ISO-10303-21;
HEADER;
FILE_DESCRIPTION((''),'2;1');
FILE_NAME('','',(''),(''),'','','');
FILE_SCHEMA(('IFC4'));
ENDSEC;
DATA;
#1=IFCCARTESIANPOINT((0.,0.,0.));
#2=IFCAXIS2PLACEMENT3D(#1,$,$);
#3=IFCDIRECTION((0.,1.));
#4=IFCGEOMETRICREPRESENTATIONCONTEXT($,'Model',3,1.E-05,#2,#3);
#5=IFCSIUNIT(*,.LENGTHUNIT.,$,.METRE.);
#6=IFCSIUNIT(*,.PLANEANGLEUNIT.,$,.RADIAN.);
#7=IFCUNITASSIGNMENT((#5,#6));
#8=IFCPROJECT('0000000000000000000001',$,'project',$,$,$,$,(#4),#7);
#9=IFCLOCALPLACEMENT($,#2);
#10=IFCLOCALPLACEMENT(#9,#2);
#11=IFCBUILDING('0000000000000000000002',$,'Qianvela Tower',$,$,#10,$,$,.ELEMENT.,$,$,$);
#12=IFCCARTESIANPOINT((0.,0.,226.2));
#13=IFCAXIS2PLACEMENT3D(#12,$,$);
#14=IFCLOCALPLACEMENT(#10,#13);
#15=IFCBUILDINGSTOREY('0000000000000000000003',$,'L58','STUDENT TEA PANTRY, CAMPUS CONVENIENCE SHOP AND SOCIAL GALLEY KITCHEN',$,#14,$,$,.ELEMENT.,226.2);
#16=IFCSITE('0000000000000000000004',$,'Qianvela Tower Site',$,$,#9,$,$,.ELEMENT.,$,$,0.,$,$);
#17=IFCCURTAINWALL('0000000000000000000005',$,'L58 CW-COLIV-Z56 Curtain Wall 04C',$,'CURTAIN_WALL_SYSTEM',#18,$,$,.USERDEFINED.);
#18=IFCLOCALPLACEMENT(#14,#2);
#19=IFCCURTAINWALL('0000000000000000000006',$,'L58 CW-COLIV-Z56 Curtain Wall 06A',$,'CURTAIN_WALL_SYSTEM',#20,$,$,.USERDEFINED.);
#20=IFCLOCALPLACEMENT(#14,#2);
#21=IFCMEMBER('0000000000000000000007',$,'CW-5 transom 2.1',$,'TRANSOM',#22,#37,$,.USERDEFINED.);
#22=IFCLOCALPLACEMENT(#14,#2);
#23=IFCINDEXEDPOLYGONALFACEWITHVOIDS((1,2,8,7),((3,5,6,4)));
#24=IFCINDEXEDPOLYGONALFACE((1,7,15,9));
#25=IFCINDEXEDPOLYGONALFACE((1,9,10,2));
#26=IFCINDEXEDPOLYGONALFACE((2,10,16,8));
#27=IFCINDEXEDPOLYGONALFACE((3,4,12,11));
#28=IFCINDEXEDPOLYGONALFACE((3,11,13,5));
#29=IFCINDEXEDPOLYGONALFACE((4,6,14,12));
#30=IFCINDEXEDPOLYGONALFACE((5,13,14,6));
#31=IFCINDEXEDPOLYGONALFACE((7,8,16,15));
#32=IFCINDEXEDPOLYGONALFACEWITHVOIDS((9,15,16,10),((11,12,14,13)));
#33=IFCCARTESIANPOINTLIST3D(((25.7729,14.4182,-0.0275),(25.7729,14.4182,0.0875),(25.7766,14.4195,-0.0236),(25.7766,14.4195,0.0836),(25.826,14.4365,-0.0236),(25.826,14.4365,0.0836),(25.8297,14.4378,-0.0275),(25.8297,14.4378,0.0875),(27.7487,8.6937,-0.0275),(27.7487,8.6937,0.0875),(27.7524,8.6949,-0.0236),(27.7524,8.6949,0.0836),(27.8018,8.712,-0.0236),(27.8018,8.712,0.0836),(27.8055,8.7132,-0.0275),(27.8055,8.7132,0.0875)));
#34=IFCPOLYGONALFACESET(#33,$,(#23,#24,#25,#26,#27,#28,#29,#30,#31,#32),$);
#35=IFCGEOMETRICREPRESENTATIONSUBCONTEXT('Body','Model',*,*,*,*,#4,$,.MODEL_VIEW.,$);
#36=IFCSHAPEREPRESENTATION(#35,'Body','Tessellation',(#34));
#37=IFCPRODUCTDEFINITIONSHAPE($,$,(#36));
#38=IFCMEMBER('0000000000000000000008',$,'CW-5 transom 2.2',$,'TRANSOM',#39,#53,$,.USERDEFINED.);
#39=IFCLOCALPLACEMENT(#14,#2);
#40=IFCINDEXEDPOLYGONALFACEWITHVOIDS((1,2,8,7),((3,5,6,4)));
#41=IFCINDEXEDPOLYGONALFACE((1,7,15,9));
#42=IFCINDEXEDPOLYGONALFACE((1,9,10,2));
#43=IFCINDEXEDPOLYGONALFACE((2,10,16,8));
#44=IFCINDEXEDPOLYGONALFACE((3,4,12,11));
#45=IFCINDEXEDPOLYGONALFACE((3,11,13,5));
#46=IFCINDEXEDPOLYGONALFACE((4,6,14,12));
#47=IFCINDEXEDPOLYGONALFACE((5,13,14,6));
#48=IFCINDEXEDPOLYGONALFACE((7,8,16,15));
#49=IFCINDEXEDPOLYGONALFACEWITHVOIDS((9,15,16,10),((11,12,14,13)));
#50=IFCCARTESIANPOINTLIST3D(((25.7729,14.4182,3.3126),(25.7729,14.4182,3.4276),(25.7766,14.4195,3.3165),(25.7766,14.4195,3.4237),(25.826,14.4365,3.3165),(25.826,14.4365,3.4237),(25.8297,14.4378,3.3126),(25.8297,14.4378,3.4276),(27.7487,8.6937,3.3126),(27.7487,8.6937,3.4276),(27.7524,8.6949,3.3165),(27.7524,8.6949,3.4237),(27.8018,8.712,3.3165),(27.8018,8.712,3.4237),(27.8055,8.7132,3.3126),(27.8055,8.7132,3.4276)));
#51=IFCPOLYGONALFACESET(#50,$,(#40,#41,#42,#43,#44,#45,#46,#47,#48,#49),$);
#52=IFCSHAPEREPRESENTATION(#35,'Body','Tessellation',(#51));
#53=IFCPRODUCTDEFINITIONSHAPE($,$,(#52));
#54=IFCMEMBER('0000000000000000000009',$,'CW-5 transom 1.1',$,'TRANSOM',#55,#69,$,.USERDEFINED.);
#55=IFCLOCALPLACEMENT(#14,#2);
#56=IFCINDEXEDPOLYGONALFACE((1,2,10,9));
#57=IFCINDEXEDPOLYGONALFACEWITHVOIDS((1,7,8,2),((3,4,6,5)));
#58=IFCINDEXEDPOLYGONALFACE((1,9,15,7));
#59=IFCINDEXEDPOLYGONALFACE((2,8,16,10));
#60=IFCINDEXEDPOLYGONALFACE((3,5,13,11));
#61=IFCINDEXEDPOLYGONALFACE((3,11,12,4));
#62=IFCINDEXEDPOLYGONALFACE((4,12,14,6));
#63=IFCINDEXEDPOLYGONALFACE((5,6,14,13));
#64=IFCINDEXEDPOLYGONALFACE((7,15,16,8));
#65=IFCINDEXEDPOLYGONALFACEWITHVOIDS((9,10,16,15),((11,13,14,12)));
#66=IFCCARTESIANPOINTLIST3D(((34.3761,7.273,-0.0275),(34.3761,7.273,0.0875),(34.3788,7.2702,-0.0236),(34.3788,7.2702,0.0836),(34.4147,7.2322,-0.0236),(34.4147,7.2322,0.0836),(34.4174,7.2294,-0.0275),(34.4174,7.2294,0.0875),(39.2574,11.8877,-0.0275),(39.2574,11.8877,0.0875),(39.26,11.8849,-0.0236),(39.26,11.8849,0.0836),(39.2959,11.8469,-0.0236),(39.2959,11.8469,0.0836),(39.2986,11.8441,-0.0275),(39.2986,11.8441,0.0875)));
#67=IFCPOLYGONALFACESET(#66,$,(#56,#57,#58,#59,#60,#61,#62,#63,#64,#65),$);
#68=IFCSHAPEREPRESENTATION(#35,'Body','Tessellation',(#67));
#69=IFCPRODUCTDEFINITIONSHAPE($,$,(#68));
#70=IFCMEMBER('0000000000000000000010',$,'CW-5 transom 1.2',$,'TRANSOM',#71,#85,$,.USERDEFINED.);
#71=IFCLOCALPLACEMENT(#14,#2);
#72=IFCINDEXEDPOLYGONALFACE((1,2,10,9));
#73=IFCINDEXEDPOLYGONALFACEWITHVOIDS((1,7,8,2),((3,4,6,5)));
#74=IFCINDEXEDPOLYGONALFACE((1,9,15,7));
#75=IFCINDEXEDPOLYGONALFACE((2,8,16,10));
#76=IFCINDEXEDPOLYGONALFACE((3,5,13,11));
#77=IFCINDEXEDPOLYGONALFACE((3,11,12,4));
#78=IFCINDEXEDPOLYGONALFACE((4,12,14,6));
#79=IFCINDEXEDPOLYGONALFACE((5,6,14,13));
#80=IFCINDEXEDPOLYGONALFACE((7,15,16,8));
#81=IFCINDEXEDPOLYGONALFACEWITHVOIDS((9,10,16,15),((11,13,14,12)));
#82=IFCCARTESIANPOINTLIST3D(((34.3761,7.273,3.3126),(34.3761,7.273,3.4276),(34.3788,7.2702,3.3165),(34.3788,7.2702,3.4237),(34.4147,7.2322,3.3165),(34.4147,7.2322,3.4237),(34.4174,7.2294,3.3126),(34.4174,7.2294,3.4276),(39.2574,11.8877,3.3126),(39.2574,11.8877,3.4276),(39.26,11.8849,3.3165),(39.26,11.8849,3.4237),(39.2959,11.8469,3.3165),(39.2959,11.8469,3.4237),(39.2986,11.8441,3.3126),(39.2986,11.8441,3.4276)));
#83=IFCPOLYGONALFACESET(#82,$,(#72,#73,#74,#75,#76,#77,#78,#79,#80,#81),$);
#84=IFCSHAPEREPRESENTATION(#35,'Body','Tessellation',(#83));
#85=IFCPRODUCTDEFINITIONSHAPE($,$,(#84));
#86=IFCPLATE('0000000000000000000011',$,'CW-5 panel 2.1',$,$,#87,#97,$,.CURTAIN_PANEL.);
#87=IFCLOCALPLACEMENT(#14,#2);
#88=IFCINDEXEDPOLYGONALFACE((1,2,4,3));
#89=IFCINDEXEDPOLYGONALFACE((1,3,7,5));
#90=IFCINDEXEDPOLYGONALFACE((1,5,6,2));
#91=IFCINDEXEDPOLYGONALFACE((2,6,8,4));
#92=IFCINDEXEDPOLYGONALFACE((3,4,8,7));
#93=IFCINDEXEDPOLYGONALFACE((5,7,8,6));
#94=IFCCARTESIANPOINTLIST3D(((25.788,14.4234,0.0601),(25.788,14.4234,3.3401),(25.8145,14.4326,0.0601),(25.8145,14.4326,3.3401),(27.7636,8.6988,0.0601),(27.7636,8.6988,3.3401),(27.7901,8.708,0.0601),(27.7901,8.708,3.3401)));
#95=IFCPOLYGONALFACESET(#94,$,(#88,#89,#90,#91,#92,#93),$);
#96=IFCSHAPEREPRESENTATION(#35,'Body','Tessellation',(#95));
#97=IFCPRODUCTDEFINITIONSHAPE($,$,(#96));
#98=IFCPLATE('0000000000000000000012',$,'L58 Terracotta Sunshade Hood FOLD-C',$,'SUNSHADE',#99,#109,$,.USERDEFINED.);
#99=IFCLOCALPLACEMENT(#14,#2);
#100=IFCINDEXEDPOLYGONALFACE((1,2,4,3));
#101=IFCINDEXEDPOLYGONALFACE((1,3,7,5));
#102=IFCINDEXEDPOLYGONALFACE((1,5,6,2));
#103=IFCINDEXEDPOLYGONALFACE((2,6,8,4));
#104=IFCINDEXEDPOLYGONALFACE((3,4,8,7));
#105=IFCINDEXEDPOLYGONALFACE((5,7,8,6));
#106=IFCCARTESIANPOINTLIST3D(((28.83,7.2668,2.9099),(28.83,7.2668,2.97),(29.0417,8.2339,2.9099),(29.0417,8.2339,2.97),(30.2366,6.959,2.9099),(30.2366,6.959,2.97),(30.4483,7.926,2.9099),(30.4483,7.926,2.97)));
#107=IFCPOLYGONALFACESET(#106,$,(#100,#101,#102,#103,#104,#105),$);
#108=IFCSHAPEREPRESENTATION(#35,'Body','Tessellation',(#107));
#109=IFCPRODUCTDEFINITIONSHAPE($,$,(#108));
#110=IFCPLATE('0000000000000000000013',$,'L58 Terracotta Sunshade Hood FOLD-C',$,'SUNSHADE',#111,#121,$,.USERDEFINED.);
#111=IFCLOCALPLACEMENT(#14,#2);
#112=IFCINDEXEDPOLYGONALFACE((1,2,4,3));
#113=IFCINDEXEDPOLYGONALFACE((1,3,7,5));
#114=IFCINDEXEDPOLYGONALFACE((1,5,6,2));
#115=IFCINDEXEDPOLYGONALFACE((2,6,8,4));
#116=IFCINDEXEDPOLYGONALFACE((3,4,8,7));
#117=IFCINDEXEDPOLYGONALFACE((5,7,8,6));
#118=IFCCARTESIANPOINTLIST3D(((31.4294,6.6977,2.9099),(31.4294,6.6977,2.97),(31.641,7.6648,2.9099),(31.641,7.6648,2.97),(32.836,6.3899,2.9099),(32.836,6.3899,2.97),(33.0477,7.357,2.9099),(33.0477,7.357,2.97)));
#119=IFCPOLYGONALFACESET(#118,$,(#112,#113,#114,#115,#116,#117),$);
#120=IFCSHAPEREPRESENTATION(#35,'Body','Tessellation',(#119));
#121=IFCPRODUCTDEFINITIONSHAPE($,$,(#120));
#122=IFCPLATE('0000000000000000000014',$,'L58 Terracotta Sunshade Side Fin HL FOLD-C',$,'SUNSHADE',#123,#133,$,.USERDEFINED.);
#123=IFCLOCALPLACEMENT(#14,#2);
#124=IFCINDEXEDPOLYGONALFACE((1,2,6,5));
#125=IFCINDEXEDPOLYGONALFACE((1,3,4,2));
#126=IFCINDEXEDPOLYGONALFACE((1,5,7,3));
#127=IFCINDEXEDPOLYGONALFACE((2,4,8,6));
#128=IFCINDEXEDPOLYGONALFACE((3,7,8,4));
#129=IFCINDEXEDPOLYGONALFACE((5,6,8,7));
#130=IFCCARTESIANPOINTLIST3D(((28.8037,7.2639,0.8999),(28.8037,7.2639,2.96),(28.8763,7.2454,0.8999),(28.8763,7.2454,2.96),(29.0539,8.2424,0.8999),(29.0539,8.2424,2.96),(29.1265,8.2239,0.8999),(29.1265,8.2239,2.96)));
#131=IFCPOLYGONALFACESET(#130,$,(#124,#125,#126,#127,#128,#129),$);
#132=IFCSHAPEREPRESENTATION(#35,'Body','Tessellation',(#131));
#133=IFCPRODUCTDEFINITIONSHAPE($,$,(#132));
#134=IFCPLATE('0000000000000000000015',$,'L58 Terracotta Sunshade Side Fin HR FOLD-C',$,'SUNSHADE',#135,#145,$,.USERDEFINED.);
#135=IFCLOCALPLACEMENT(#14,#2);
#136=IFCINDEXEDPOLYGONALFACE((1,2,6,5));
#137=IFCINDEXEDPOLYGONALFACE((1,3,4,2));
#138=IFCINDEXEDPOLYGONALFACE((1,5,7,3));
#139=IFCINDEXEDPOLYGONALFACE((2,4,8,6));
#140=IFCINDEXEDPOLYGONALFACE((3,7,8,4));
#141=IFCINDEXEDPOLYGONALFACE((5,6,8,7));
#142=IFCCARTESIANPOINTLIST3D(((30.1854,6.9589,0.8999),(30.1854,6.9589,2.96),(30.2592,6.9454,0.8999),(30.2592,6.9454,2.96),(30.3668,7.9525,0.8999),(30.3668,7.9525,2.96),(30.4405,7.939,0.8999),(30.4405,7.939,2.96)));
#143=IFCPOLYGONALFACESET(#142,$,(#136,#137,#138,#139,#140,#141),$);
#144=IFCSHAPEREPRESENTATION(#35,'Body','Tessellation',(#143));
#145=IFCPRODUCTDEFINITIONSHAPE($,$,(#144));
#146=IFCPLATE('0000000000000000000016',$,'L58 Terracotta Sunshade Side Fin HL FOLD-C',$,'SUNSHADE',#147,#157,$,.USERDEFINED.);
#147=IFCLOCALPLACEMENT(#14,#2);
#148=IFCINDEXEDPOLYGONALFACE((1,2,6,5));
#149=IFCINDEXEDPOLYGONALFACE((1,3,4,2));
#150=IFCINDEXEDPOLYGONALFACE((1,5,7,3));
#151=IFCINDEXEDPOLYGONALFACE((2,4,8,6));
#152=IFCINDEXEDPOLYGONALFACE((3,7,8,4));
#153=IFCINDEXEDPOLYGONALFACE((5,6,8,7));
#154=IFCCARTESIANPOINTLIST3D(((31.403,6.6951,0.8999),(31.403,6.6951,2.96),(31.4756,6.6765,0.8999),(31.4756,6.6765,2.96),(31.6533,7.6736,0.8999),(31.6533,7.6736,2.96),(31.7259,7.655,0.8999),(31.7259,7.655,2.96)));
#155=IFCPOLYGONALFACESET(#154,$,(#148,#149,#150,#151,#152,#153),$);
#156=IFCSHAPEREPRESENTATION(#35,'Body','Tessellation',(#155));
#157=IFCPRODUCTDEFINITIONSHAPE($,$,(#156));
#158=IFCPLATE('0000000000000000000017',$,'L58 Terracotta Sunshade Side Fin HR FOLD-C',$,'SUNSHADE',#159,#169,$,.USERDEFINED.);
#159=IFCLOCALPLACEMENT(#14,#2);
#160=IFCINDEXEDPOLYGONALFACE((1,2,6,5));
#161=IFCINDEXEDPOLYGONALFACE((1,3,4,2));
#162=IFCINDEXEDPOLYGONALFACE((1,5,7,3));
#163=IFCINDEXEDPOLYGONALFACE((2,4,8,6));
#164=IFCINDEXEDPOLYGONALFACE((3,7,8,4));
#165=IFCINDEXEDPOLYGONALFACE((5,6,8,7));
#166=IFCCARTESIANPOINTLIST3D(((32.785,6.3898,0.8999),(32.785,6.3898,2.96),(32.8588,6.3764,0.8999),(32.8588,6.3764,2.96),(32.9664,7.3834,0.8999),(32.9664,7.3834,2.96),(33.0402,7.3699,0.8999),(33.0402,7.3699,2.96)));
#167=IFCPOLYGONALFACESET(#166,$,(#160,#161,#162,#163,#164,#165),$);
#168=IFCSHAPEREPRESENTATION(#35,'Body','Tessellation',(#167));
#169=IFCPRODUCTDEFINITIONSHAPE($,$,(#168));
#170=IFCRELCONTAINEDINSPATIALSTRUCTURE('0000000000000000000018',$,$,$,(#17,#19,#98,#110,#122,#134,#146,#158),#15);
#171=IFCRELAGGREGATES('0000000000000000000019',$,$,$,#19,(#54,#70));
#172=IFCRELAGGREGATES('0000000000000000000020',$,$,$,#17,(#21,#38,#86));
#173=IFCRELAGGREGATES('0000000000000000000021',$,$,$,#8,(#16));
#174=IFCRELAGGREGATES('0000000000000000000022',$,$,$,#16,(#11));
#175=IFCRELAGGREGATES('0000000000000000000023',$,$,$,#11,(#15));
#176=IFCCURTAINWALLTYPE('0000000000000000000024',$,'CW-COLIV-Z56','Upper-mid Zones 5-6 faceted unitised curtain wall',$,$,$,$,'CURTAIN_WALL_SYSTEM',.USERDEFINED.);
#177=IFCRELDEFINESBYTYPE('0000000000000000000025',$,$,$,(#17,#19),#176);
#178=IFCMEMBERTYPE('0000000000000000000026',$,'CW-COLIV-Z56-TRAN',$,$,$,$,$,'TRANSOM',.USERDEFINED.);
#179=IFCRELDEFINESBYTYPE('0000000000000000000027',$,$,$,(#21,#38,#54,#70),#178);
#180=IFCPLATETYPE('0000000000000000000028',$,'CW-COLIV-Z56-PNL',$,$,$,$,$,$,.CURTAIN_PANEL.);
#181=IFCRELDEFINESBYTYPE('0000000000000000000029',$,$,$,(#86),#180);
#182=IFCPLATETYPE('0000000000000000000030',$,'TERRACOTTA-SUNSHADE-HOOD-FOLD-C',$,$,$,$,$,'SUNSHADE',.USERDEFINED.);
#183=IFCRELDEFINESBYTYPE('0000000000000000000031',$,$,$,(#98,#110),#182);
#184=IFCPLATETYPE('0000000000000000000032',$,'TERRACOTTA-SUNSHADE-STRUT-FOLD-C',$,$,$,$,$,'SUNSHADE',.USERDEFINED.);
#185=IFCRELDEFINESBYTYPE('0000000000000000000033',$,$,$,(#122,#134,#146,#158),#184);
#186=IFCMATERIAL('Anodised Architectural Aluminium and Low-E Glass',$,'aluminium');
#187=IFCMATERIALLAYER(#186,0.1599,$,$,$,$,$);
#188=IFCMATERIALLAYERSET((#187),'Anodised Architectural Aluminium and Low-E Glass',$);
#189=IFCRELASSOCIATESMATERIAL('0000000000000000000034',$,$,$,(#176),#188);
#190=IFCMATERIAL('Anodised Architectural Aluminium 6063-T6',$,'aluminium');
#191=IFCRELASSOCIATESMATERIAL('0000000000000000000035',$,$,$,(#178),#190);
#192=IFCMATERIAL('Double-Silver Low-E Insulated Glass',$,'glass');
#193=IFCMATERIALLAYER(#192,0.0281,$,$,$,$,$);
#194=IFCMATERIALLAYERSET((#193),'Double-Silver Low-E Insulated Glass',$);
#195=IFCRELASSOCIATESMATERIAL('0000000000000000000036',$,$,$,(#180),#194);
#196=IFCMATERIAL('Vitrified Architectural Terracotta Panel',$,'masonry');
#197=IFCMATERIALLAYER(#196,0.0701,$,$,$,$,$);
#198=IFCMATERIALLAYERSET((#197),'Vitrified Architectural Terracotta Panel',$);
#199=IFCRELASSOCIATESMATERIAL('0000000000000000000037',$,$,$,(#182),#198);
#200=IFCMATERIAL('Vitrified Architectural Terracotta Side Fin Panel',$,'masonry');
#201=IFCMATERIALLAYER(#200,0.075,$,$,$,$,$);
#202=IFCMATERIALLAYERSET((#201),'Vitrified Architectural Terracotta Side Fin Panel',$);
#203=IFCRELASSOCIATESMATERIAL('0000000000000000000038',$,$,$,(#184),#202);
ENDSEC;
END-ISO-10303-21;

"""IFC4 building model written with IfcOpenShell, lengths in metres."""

from ifc_helpers import new_model, si_unit, direction, frame, origin, origin_2d, place, context, subcontext, project, spatial, rectangle, hollow_rectangle, extrude, material, layer, layer_set, material_profile, profile_set, type_object, element, aggregate, save


model = new_model("IFC4")

# Units and contexts
model_context = context("Model", 3, precision=1e-05, world=origin(), true_north=direction((0.0, 1.0)))
body_context = subcontext(model_context, "Body", "Model", "MODEL_VIEW")
ifc_project = project(units=[si_unit("LENGTHUNIT", "METRE"), si_unit("PLANEANGLEUNIT", "RADIAN")], contexts=[model_context])

# Site, building, storey
site_placement = place(None, origin())
site = spatial("IfcSite", under=ifc_project, at=site_placement, Name="Qianvela Tower Site", CompositionType="ELEMENT", RefElevation=0.0)
building_placement = place(site_placement, origin())
building = spatial("IfcBuilding", under=site, at=building_placement, Name="Qianvela Tower", CompositionType="ELEMENT")
storey_placement = place(building_placement, frame((0.0, 0.0, 226.2)))
storey = spatial("IfcBuildingStorey", under=building, at=storey_placement, Name="L58", Description="STUDENT TEA PANTRY, CAMPUS CONVENIENCE SHOP AND SOCIAL GALLEY KITCHEN", CompositionType="ELEMENT", Elevation=226.2)

# Curtain walls
ifc_material_1 = material(Name="Anodised Architectural Aluminium and Low-E Glass", Category="aluminium")
ifc_layer_1 = layer(ifc_material_1, 0.1599)
ifc_layer_set_1 = layer_set([ifc_layer_1], Name="Anodised Architectural Aluminium and Low-E Glass")
curtain_wall_type = type_object("IfcCurtainWallType", Name="CW-COLIV-Z56", Description="Upper-mid Zones 5-6 faceted unitised curtain wall", ElementType="CURTAIN_WALL_SYSTEM", PredefinedType="USERDEFINED", material=ifc_layer_set_1)
curtain_wall_1_placement = place(storey_placement, origin())
curtain_wall_1 = element("IfcCurtainWall", 1, at=curtain_wall_1_placement, inside=storey, type_object=curtain_wall_type, Name="L58 CW-COLIV-Z56 Curtain Wall 04C", ObjectType="CURTAIN_WALL_SYSTEM", PredefinedType="USERDEFINED")
curtain_wall_2_placement = place(storey_placement, origin())
curtain_wall_2 = element("IfcCurtainWall", 2, at=curtain_wall_2_placement, inside=storey, type_object=curtain_wall_type, Name="L58 CW-COLIV-Z56 Curtain Wall 06A", ObjectType="CURTAIN_WALL_SYSTEM", PredefinedType="USERDEFINED")

# Members
ifc_material_2 = material(Name="Anodised Architectural Aluminium 6063-T6", Category="aluminium")
ifc_material_profile_1 = material_profile(ifc_material_2, hollow_rectangle(XDim=0.0601, YDim=0.115, WallThickness=0.0039, at=origin_2d()), Name="ALU-TRAN-60x115")
ifc_profile_set_1 = profile_set([ifc_material_profile_1], Name="Anodised Architectural Aluminium 6063-T6")
member_type_1 = type_object("IfcMemberType", Name="CW-COLIV-Z56-TRAN", ElementType="TRANSOM", PredefinedType="USERDEFINED", material=ifc_profile_set_1)
member_1_placement = place(storey_placement, frame((25.8013, 14.428, 0.03), z_axis=(0.32626, -0.94528, 0.0), x_axis=(0.94528, 0.32626, 0.0)))
member_1 = element("IfcMember", 3, at=member_1_placement, type_object=member_type_1, Name="CW-5 transom 2.1", ObjectType="TRANSOM", PredefinedType="USERDEFINED", context=body_context, shape_type="SweptSolid", body=[
    extrude(hollow_rectangle(XDim=0.0601, YDim=0.115, WallThickness=0.0039, at=origin_2d()), origin(), (0.0, 0.0, 1.0), 6.0559),
])
member_2_placement = place(storey_placement, frame((25.8013, 14.428, 3.3701), z_axis=(0.32626, -0.94528, 0.0), x_axis=(0.94528, 0.32626, 0.0)))
member_2 = element("IfcMember", 4, at=member_2_placement, type_object=member_type_1, Name="CW-5 transom 2.2", ObjectType="TRANSOM", PredefinedType="USERDEFINED", context=body_context, shape_type="SweptSolid", body=[
    extrude(hollow_rectangle(XDim=0.0601, YDim=0.115, WallThickness=0.0039, at=origin_2d()), origin(), (0.0, 0.0, 1.0), 6.0559),
])
member_3_placement = place(storey_placement, frame((34.3967, 7.2512, 0.03), z_axis=(0.726672, 0.686984, 0.0), x_axis=(-0.686984, 0.726672, 0.0)))
member_3 = element("IfcMember", 5, at=member_3_placement, type_object=member_type_1, Name="CW-5 transom 1.1", ObjectType="TRANSOM", PredefinedType="USERDEFINED", context=body_context, shape_type="SweptSolid", body=[
    extrude(hollow_rectangle(XDim=0.0601, YDim=0.115, WallThickness=0.0039, at=origin_2d()), origin(), (0.0, 0.0, 1.0), 6.7173),
])
member_4_placement = place(storey_placement, frame((34.3967, 7.2512, 3.3701), z_axis=(0.726672, 0.686984, 0.0), x_axis=(-0.686984, 0.726672, 0.0)))
member_4 = element("IfcMember", 6, at=member_4_placement, type_object=member_type_1, Name="CW-5 transom 1.2", ObjectType="TRANSOM", PredefinedType="USERDEFINED", context=body_context, shape_type="SweptSolid", body=[
    extrude(hollow_rectangle(XDim=0.0601, YDim=0.115, WallThickness=0.0039, at=origin_2d()), origin(), (0.0, 0.0, 1.0), 6.7173),
])
aggregate(curtain_wall_2, [member_3, member_4])

# Plate
ifc_material_3 = material(Name="Double-Silver Low-E Insulated Glass", Category="glass")
ifc_layer_2 = layer(ifc_material_3, 0.0281)
ifc_layer_set_2 = layer_set([ifc_layer_2], Name="Double-Silver Low-E Insulated Glass")
plate_type_1 = type_object("IfcPlateType", Name="CW-COLIV-Z56-PNL", PredefinedType="CURTAIN_PANEL", material=ifc_layer_set_2)
plate_placement = place(storey_placement, frame((26.7891, 11.5657, 0.0601), z_axis=(0.0, 0.0, 1.0), x_axis=(0.326229, -0.945291, 0.0)))
plate = element("IfcPlate", 7, at=plate_placement, type_object=plate_type_1, Name="CW-5 panel 2.1", PredefinedType="CURTAIN_PANEL", context=body_context, shape_type="SweptSolid", body=[
    extrude(rectangle(XDim=6.0559, YDim=0.0281, at=origin_2d()), origin(), (0.0, 0.0, 1.0), 3.28),
])
aggregate(curtain_wall_1, [member_1, member_2, plate])

# Plates
ifc_material_4 = material(Name="Vitrified Architectural Terracotta Panel", Category="masonry")
ifc_layer_3 = layer(ifc_material_4, 0.0701)
ifc_layer_set_3 = layer_set([ifc_layer_3], Name="Vitrified Architectural Terracotta Panel")
plate_type_2 = type_object("IfcPlateType", Name="TERRACOTTA-SUNSHADE-HOOD-FOLD-C", ElementType="SUNSHADE", PredefinedType="USERDEFINED", material=ifc_layer_set_3)
for number, where, z_axis, x_axis, name in (
    (8, (29.6392, 7.5964, 2.9099), (0.0, 0.0, 1.0), (0.976875, -0.21381, 0.0), "L58 Terracotta Sunshade Hood FOLD-C"),
    (9, (32.2385, 7.0273, 2.9099), (0.0, 0.0, 1.0), (0.976875, -0.21381, 0.0), "L58 Terracotta Sunshade Hood FOLD-C"),
):
    element("IfcPlate", number, at=place(storey_placement, frame(where, z_axis=z_axis, x_axis=x_axis)), inside=storey, type_object=plate_type_2, Name=name, ObjectType="SUNSHADE", PredefinedType="USERDEFINED", context=body_context, shape_type="SweptSolid", body=[
        extrude(rectangle(XDim=1.4399, YDim=0.99, at=origin_2d()), origin(), (0.0, 0.0, 1.0), 0.0601),
    ])
ifc_material_5 = material(Name="Vitrified Architectural Terracotta Side Fin Panel", Category="masonry")
ifc_layer_4 = layer(ifc_material_5, 0.075)
ifc_layer_set_4 = layer_set([ifc_layer_4], Name="Vitrified Architectural Terracotta Side Fin Panel")
plate_type_3 = type_object("IfcPlateType", Name="TERRACOTTA-SUNSHADE-STRUT-FOLD-C", ElementType="SUNSHADE", PredefinedType="USERDEFINED", material=ifc_layer_set_4)
for number, where, z_axis, x_axis, name in (
    (10, (28.9651, 7.7439, 0.8999), (0.0, 0.0, 1.0), (0.968818, -0.247772, 0.0), "L58 Terracotta Sunshade Side Fin HL FOLD-C"),
    (11, (30.313, 7.449, 0.8999), (0.0, 0.0, 1.0), (0.983742, -0.179587, 0.0), "L58 Terracotta Sunshade Side Fin HR FOLD-C"),
    (12, (31.5645, 7.175, 0.8999), (0.0, 0.0, 1.0), (0.968818, -0.247772, 0.0), "L58 Terracotta Sunshade Side Fin HL FOLD-C"),
    (13, (32.9126, 6.8799, 0.8999), (0.0, 0.0, 1.0), (0.983742, -0.179587, 0.0), "L58 Terracotta Sunshade Side Fin HR FOLD-C"),
):
    element("IfcPlate", number, at=place(storey_placement, frame(where, z_axis=z_axis, x_axis=x_axis)), inside=storey, type_object=plate_type_3, Name=name, ObjectType="SUNSHADE", PredefinedType="USERDEFINED", context=body_context, shape_type="SweptSolid", body=[
        extrude(rectangle(XDim=0.075, YDim=1.01, at=origin_2d()), origin(), (0.0, 0.0, 1.0), 2.0601),
    ])

save(model, "model.ifc")
